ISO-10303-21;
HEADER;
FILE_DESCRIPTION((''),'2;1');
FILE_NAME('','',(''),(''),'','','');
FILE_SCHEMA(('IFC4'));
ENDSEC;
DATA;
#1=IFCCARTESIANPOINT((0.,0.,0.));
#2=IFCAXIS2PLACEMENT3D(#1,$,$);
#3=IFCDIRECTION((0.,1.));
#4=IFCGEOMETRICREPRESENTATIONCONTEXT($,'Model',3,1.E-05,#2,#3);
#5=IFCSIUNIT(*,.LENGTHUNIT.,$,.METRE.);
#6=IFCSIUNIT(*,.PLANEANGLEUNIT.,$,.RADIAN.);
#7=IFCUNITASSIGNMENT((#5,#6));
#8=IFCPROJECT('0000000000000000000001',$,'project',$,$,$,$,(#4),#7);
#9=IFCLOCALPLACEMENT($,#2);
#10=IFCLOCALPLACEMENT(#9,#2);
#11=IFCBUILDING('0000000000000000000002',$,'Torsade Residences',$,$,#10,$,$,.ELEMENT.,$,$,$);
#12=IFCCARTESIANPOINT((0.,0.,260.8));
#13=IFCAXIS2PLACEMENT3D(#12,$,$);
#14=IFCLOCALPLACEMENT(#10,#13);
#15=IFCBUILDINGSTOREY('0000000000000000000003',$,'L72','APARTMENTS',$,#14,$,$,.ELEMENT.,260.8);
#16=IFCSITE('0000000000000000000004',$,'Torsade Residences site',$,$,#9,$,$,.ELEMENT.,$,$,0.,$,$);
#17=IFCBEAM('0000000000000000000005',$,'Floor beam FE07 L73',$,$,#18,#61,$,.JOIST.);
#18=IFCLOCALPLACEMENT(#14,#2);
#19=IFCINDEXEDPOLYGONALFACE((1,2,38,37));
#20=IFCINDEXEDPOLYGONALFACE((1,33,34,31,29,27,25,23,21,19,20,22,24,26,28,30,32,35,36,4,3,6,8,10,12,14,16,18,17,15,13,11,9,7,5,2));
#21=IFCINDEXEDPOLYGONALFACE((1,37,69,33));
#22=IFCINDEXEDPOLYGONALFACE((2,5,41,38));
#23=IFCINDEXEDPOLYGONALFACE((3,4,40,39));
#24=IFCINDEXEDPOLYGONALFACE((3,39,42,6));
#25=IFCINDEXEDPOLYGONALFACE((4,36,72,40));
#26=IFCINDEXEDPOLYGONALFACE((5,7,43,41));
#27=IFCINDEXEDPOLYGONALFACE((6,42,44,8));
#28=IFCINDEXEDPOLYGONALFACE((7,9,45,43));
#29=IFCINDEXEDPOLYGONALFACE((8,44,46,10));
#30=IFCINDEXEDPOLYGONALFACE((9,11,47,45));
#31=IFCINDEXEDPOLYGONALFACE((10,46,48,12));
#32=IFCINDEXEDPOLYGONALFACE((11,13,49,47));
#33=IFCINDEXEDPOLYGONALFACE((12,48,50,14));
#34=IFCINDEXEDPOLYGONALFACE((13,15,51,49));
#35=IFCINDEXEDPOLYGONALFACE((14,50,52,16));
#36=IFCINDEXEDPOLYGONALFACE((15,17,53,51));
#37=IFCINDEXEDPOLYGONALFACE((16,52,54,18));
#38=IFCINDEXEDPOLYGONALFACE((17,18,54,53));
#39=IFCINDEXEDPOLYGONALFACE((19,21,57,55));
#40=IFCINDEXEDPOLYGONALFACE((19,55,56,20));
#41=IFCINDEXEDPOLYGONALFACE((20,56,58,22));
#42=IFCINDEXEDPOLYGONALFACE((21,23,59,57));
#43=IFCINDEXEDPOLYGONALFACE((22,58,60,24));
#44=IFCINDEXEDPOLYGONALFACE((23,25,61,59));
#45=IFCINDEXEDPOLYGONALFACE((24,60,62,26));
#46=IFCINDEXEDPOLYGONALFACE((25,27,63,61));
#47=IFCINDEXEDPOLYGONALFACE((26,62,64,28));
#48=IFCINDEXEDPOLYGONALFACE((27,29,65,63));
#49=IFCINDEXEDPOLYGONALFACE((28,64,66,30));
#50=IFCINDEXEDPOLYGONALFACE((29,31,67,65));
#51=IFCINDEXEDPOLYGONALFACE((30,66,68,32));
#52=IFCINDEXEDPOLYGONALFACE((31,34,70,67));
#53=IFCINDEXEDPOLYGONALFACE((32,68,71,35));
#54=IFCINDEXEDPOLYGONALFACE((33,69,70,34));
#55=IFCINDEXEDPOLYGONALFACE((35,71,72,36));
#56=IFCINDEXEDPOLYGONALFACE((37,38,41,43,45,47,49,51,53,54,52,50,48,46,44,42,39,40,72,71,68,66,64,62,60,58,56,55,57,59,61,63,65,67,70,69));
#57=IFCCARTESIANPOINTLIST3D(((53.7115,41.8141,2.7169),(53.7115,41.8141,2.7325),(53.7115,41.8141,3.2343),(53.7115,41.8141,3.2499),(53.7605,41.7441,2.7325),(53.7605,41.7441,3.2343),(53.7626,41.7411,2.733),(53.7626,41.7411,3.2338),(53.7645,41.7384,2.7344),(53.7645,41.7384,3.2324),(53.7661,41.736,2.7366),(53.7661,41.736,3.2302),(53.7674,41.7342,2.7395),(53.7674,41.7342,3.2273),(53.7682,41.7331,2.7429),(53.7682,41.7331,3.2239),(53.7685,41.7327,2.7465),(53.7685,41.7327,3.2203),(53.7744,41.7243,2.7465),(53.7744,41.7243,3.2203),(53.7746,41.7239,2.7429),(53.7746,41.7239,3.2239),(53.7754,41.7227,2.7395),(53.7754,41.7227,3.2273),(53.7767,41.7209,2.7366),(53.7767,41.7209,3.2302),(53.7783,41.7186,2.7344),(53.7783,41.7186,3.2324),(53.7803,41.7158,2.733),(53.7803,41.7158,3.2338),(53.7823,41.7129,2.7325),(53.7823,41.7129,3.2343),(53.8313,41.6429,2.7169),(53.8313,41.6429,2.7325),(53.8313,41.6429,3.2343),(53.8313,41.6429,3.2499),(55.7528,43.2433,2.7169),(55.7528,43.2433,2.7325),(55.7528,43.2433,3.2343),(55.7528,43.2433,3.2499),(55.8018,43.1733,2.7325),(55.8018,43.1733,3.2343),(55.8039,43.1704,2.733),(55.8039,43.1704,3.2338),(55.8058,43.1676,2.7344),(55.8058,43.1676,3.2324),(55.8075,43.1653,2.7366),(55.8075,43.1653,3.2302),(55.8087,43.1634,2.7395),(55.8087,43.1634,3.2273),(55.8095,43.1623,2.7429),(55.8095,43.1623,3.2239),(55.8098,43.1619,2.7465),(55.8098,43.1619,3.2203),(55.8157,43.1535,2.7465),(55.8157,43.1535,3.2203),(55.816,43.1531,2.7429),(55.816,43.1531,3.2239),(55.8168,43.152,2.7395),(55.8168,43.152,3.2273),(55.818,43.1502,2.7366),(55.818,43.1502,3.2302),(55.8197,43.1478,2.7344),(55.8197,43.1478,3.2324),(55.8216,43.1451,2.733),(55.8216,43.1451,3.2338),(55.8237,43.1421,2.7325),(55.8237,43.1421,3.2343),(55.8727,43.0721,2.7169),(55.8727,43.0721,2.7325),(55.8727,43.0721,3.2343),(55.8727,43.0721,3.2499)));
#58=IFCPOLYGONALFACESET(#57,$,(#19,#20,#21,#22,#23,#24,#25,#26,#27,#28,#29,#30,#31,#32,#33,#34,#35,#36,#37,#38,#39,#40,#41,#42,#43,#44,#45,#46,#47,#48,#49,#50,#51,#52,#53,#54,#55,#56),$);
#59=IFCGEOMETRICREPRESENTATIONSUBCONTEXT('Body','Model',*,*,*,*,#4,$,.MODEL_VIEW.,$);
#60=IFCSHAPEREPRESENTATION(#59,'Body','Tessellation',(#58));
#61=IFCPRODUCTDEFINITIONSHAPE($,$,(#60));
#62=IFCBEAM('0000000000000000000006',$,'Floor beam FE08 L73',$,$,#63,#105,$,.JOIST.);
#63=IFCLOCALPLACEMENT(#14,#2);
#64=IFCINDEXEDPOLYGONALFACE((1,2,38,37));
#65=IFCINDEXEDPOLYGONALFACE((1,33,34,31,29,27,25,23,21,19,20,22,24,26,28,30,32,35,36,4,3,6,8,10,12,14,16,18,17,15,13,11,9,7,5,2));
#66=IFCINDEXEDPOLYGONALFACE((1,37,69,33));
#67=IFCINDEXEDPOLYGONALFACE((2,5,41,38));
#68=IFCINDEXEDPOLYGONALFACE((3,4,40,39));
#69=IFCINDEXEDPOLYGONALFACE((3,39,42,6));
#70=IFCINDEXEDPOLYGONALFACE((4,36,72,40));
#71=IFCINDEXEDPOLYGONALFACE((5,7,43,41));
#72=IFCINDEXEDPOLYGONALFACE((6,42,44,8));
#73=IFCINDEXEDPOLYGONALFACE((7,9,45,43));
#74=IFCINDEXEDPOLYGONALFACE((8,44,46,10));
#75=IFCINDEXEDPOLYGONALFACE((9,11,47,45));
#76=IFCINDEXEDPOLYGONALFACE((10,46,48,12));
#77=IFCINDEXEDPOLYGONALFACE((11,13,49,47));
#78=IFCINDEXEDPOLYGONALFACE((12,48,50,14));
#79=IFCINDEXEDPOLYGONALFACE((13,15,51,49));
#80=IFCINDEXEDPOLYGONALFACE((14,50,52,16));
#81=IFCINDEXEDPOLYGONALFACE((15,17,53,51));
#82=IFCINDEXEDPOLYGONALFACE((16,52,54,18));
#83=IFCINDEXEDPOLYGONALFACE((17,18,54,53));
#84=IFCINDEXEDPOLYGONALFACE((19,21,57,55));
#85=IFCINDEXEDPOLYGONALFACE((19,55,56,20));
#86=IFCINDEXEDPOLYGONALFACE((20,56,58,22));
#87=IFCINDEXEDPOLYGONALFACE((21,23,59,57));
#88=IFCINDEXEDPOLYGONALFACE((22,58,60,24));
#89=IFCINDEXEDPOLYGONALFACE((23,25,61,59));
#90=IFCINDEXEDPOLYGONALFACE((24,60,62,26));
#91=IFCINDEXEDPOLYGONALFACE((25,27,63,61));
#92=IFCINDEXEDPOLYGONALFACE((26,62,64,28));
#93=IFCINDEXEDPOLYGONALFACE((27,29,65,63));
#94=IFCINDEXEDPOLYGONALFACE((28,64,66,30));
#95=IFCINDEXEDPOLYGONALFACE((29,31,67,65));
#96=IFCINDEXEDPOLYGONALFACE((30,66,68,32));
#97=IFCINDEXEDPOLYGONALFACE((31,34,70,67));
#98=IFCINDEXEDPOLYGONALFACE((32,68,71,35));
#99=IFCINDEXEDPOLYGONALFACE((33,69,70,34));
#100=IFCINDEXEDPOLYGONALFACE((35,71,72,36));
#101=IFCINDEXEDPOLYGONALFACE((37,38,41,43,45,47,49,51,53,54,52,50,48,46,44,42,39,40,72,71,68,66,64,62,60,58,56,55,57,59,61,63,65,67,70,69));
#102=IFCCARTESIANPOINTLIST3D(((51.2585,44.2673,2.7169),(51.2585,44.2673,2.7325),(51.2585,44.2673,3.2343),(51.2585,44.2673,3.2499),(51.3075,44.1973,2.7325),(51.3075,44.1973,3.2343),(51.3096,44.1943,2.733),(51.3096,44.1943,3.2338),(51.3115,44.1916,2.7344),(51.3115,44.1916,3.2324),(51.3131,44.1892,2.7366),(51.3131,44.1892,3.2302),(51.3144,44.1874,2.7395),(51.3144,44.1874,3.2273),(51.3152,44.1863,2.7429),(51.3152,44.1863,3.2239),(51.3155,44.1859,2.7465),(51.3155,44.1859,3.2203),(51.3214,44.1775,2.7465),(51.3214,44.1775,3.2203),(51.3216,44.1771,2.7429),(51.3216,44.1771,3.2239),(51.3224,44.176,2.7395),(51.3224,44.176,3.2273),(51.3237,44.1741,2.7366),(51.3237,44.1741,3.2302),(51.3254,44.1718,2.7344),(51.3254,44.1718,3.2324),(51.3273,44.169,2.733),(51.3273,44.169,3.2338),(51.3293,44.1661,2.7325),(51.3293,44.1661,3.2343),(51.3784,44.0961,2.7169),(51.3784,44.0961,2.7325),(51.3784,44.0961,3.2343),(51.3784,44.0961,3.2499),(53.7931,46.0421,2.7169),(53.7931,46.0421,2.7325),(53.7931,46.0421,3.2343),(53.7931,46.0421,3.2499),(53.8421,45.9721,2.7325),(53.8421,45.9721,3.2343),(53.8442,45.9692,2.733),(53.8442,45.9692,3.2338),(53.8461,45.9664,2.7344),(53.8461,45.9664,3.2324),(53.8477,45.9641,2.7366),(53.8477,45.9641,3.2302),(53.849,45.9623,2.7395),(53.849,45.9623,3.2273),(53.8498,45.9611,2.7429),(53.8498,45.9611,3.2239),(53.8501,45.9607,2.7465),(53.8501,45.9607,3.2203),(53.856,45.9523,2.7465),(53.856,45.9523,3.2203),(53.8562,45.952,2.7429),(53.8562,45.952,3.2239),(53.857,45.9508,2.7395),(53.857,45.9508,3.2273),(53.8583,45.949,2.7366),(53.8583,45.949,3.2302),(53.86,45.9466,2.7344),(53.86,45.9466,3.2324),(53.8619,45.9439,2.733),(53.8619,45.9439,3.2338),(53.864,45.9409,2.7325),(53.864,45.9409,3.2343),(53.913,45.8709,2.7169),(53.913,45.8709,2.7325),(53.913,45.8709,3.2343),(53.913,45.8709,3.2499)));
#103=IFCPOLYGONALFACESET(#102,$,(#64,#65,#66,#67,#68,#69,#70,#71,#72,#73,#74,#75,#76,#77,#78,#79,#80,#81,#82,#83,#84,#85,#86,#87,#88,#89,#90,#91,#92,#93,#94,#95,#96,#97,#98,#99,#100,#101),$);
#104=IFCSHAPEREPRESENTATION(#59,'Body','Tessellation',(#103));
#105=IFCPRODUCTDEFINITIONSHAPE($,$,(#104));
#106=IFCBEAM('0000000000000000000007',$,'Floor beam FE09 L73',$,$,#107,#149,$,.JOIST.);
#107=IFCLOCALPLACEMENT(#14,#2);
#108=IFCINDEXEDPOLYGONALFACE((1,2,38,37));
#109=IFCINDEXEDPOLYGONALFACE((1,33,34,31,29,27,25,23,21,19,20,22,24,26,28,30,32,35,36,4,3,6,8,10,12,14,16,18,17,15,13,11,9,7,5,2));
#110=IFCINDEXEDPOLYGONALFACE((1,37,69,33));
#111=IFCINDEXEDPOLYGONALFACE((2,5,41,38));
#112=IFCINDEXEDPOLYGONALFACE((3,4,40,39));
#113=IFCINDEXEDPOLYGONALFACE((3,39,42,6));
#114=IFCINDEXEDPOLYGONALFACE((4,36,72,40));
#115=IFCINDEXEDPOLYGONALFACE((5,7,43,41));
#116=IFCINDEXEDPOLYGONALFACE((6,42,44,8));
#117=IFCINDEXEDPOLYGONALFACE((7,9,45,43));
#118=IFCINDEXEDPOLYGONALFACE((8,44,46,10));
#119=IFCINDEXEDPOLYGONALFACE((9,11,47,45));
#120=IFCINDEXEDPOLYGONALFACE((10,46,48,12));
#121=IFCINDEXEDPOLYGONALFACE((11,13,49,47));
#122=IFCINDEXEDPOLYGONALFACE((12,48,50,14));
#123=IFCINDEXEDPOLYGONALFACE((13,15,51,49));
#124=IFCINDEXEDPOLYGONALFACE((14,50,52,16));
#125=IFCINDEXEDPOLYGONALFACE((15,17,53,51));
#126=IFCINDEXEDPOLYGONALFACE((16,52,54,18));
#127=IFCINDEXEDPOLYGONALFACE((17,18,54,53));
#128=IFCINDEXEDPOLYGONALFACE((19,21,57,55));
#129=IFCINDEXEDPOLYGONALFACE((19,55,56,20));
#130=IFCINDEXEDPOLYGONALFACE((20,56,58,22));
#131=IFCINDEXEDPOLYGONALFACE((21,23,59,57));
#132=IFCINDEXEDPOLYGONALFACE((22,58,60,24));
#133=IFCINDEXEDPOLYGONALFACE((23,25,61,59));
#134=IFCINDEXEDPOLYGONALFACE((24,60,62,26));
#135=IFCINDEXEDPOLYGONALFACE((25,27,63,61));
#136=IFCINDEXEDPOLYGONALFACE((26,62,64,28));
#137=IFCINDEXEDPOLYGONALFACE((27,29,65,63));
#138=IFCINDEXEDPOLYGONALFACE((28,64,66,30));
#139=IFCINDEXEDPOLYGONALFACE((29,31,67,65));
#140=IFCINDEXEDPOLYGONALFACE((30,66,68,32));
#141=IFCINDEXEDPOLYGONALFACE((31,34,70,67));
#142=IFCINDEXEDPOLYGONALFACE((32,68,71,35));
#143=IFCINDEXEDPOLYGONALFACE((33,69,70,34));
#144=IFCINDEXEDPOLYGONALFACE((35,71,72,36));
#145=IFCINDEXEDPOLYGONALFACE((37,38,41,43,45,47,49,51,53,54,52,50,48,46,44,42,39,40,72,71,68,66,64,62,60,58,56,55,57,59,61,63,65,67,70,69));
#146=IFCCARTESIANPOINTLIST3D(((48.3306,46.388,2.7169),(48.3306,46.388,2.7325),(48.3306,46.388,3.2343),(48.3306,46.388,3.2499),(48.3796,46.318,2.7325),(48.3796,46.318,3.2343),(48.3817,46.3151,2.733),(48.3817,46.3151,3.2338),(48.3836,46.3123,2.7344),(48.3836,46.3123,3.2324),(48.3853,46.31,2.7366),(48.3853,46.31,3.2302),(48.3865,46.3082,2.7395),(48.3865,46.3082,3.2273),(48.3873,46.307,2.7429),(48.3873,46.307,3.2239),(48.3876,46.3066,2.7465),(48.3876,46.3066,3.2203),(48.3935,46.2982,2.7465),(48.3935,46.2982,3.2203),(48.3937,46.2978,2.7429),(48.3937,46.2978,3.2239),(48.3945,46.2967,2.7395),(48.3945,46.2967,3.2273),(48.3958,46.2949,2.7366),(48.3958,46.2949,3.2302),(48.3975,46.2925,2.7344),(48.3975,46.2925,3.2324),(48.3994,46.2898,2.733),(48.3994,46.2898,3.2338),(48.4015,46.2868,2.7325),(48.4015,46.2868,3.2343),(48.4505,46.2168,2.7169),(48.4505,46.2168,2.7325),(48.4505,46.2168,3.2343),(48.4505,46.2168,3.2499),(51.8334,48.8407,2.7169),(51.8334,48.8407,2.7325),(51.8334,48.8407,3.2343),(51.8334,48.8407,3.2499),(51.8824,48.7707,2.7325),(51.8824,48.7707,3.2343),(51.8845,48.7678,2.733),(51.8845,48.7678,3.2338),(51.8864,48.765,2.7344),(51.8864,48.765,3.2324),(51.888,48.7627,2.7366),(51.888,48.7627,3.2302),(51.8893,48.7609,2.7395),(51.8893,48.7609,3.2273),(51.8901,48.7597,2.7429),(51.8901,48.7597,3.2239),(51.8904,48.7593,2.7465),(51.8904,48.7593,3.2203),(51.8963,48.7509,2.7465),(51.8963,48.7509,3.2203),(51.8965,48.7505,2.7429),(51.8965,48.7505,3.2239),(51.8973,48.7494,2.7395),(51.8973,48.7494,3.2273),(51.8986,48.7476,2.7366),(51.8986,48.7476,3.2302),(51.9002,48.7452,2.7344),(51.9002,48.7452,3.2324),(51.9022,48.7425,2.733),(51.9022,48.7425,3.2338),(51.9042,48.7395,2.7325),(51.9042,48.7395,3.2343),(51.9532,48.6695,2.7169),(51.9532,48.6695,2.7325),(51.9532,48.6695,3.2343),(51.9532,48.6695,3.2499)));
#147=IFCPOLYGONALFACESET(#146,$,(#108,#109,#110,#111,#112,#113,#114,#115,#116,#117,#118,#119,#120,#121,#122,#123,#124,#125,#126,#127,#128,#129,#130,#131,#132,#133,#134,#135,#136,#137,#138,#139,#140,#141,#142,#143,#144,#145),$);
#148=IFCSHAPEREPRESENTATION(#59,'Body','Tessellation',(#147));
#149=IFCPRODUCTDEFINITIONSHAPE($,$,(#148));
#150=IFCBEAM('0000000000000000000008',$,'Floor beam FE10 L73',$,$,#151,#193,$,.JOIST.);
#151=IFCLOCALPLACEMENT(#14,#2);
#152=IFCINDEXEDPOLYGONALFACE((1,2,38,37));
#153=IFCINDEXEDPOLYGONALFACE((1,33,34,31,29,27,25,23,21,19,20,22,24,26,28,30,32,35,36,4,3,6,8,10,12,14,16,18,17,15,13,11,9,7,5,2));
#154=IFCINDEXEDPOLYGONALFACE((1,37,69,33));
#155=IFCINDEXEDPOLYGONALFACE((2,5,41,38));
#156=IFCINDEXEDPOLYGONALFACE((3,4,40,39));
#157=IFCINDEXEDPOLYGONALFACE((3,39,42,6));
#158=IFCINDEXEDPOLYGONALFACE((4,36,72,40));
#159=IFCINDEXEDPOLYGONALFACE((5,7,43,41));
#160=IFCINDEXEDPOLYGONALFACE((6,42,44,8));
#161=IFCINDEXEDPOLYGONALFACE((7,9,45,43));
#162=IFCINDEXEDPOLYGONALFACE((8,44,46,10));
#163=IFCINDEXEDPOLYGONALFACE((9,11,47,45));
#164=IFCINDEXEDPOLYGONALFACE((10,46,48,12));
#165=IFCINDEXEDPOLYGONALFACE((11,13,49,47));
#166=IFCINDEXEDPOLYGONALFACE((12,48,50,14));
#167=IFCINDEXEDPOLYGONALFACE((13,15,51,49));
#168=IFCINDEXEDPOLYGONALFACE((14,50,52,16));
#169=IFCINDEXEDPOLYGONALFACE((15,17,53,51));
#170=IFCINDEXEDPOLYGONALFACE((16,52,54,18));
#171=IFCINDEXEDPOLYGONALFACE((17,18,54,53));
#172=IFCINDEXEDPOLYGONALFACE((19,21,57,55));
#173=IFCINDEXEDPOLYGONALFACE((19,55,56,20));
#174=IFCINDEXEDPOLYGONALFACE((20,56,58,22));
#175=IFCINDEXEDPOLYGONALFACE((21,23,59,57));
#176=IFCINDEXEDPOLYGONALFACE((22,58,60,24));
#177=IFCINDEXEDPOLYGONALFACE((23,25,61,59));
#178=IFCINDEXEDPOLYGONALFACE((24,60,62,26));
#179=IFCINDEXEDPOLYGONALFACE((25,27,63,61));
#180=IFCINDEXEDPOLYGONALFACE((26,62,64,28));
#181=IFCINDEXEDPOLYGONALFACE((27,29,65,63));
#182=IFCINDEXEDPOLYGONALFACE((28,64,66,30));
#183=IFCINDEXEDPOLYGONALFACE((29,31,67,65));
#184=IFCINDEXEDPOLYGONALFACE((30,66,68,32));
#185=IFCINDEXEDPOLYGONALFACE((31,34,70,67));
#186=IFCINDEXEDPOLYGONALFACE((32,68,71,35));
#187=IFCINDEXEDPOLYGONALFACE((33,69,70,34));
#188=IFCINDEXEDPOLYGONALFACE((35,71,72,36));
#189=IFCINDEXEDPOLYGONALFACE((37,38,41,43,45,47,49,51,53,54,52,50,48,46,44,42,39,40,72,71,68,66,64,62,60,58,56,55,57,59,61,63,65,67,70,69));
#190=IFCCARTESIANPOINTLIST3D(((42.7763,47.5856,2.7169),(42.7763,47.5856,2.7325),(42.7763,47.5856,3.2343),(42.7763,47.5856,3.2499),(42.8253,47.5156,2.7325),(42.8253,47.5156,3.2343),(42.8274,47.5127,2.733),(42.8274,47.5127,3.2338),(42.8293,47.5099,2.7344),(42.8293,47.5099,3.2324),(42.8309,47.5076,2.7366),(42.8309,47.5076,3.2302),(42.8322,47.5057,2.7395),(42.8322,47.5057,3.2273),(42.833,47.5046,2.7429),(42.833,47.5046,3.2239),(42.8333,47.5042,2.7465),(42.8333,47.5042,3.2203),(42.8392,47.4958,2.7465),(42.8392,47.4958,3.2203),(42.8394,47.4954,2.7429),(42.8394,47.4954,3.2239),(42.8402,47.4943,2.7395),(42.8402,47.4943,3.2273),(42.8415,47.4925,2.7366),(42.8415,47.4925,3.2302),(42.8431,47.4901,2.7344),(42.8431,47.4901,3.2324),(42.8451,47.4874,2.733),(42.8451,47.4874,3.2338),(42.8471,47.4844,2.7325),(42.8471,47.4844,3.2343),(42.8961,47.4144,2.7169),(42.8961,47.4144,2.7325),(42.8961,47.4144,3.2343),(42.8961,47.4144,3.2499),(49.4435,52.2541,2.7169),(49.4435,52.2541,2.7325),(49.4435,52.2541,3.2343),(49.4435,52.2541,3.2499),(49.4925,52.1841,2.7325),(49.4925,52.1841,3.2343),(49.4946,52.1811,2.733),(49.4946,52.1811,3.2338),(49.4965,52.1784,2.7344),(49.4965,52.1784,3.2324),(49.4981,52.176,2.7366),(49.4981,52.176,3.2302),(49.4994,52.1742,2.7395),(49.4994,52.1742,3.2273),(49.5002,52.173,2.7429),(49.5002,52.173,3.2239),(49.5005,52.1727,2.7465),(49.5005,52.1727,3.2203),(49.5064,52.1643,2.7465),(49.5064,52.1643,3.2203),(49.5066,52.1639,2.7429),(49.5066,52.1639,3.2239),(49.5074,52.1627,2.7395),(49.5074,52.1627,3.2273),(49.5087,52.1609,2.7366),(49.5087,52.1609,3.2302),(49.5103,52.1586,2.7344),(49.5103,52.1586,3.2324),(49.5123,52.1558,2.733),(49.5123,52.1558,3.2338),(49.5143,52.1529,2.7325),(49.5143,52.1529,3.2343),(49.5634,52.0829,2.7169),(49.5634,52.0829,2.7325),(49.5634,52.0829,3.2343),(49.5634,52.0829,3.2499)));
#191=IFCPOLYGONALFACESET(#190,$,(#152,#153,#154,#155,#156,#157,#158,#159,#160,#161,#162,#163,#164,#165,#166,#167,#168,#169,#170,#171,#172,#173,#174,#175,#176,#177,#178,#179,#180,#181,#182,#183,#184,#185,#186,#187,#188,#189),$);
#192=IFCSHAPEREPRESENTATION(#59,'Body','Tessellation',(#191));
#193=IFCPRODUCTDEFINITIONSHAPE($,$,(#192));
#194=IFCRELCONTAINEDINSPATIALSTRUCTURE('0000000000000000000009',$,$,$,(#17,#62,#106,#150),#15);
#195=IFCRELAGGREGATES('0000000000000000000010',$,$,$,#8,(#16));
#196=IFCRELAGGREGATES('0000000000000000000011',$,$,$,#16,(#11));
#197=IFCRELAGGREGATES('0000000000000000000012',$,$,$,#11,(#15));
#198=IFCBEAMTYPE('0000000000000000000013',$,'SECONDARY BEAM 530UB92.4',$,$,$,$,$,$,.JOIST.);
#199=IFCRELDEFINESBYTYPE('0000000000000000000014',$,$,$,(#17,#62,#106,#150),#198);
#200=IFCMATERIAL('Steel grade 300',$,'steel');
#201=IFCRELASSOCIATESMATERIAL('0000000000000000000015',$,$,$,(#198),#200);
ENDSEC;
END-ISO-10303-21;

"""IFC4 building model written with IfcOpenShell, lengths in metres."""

from ifc_helpers import new_model, si_unit, direction, frame, origin, origin_2d, place, context, subcontext, project, spatial, i_section, extrude, material, material_profile, profile_set, type_object, element, save


model = new_model("IFC4")

# Units and contexts
model_context = context("Model", 3, precision=1e-05, world=origin(), true_north=direction((0.0, 1.0)))
body_context = subcontext(model_context, "Body", "Model", "MODEL_VIEW")
ifc_project = project(units=[si_unit("LENGTHUNIT", "METRE"), si_unit("PLANEANGLEUNIT", "RADIAN")], contexts=[model_context])

# Site, building, storey
site_placement = place(None, origin())
site = spatial("IfcSite", under=ifc_project, at=site_placement, Name="Torsade Residences site", CompositionType="ELEMENT", RefElevation=0.0)
building_placement = place(site_placement, origin())
building = spatial("IfcBuilding", under=site, at=building_placement, Name="Torsade Residences", CompositionType="ELEMENT")
storey_placement = place(building_placement, frame((0.0, 0.0, 260.8)))
storey = spatial("IfcBuildingStorey", under=building, at=storey_placement, Name="L72", Description="APARTMENTS", CompositionType="ELEMENT", Elevation=260.8)

# Beams
ifc_material_1 = material(Name="Steel grade 300", Category="steel")
ifc_material_profile_1 = material_profile(ifc_material_1, i_section(OverallWidth=0.209, OverallDepth=0.533, WebThickness=0.0103, FlangeThickness=0.0156, FilletRadius=0.0139, at=origin_2d()), Name="530UB92.4")
ifc_profile_set_1 = profile_set([ifc_material_profile_1], Name="Steel grade 300")
beam_type_1 = type_object("IfcBeamType", Name="SECONDARY BEAM 530UB92.4", PredefinedType="JOIST", material=ifc_profile_set_1)
beam_1_placement = place(storey_placement, frame((55.8127, 43.1577, 2.9834), z_axis=(-0.819172, -0.573548, 0.0), x_axis=(0.573548, -0.819172, 0.0)))
element("IfcBeam", 1, at=beam_1_placement, inside=storey, type_object=beam_type_1, Name="Floor beam FE07 L73", PredefinedType="JOIST", context=body_context, shape_type="SweptSolid", body=[
    extrude(i_section(OverallWidth=0.209, OverallDepth=0.533, WebThickness=0.0103, FlangeThickness=0.0156, FilletRadius=0.0139, at=origin_2d()), origin(), (0.0, 0.0, 1.0), 2.4919),
])
beam_2_placement = place(storey_placement, frame((53.853, 45.9565, 2.9834), z_axis=(-0.819136, -0.5736, 0.0), x_axis=(0.5736, -0.819136, 0.0)))
element("IfcBeam", 2, at=beam_2_placement, inside=storey, type_object=beam_type_1, Name="Floor beam FE08 L73", PredefinedType="JOIST", context=body_context, shape_type="SweptSolid", body=[
    extrude(i_section(OverallWidth=0.209, OverallDepth=0.533, WebThickness=0.0103, FlangeThickness=0.0156, FilletRadius=0.0139, at=origin_2d()), origin(), (0.0, 0.0, 1.0), 3.0942),
])
beam_3_placement = place(storey_placement, frame((51.8933, 48.7551, 2.9834), z_axis=(-0.819149, -0.573581, 0.0), x_axis=(0.573581, -0.819149, 0.0)))
element("IfcBeam", 3, at=beam_3_placement, inside=storey, type_object=beam_type_1, Name="Floor beam FE09 L73", PredefinedType="JOIST", context=body_context, shape_type="SweptSolid", body=[
    extrude(i_section(OverallWidth=0.209, OverallDepth=0.533, WebThickness=0.0103, FlangeThickness=0.0156, FilletRadius=0.0139, at=origin_2d()), origin(), (0.0, 0.0, 1.0), 4.2761),
])
beam_4_placement = place(storey_placement, frame((49.5034, 52.1685, 2.9834), z_axis=(-0.819152, -0.573577, 0.0), x_axis=(0.573577, -0.819152, 0.0)))
element("IfcBeam", 4, at=beam_4_placement, inside=storey, type_object=beam_type_1, Name="Floor beam FE10 L73", PredefinedType="JOIST", context=body_context, shape_type="SweptSolid", body=[
    extrude(i_section(OverallWidth=0.209, OverallDepth=0.533, WebThickness=0.0103, FlangeThickness=0.0156, FilletRadius=0.0139, at=origin_2d()), origin(), (0.0, 0.0, 1.0), 8.1392),
])

save(model, "model.ifc")
